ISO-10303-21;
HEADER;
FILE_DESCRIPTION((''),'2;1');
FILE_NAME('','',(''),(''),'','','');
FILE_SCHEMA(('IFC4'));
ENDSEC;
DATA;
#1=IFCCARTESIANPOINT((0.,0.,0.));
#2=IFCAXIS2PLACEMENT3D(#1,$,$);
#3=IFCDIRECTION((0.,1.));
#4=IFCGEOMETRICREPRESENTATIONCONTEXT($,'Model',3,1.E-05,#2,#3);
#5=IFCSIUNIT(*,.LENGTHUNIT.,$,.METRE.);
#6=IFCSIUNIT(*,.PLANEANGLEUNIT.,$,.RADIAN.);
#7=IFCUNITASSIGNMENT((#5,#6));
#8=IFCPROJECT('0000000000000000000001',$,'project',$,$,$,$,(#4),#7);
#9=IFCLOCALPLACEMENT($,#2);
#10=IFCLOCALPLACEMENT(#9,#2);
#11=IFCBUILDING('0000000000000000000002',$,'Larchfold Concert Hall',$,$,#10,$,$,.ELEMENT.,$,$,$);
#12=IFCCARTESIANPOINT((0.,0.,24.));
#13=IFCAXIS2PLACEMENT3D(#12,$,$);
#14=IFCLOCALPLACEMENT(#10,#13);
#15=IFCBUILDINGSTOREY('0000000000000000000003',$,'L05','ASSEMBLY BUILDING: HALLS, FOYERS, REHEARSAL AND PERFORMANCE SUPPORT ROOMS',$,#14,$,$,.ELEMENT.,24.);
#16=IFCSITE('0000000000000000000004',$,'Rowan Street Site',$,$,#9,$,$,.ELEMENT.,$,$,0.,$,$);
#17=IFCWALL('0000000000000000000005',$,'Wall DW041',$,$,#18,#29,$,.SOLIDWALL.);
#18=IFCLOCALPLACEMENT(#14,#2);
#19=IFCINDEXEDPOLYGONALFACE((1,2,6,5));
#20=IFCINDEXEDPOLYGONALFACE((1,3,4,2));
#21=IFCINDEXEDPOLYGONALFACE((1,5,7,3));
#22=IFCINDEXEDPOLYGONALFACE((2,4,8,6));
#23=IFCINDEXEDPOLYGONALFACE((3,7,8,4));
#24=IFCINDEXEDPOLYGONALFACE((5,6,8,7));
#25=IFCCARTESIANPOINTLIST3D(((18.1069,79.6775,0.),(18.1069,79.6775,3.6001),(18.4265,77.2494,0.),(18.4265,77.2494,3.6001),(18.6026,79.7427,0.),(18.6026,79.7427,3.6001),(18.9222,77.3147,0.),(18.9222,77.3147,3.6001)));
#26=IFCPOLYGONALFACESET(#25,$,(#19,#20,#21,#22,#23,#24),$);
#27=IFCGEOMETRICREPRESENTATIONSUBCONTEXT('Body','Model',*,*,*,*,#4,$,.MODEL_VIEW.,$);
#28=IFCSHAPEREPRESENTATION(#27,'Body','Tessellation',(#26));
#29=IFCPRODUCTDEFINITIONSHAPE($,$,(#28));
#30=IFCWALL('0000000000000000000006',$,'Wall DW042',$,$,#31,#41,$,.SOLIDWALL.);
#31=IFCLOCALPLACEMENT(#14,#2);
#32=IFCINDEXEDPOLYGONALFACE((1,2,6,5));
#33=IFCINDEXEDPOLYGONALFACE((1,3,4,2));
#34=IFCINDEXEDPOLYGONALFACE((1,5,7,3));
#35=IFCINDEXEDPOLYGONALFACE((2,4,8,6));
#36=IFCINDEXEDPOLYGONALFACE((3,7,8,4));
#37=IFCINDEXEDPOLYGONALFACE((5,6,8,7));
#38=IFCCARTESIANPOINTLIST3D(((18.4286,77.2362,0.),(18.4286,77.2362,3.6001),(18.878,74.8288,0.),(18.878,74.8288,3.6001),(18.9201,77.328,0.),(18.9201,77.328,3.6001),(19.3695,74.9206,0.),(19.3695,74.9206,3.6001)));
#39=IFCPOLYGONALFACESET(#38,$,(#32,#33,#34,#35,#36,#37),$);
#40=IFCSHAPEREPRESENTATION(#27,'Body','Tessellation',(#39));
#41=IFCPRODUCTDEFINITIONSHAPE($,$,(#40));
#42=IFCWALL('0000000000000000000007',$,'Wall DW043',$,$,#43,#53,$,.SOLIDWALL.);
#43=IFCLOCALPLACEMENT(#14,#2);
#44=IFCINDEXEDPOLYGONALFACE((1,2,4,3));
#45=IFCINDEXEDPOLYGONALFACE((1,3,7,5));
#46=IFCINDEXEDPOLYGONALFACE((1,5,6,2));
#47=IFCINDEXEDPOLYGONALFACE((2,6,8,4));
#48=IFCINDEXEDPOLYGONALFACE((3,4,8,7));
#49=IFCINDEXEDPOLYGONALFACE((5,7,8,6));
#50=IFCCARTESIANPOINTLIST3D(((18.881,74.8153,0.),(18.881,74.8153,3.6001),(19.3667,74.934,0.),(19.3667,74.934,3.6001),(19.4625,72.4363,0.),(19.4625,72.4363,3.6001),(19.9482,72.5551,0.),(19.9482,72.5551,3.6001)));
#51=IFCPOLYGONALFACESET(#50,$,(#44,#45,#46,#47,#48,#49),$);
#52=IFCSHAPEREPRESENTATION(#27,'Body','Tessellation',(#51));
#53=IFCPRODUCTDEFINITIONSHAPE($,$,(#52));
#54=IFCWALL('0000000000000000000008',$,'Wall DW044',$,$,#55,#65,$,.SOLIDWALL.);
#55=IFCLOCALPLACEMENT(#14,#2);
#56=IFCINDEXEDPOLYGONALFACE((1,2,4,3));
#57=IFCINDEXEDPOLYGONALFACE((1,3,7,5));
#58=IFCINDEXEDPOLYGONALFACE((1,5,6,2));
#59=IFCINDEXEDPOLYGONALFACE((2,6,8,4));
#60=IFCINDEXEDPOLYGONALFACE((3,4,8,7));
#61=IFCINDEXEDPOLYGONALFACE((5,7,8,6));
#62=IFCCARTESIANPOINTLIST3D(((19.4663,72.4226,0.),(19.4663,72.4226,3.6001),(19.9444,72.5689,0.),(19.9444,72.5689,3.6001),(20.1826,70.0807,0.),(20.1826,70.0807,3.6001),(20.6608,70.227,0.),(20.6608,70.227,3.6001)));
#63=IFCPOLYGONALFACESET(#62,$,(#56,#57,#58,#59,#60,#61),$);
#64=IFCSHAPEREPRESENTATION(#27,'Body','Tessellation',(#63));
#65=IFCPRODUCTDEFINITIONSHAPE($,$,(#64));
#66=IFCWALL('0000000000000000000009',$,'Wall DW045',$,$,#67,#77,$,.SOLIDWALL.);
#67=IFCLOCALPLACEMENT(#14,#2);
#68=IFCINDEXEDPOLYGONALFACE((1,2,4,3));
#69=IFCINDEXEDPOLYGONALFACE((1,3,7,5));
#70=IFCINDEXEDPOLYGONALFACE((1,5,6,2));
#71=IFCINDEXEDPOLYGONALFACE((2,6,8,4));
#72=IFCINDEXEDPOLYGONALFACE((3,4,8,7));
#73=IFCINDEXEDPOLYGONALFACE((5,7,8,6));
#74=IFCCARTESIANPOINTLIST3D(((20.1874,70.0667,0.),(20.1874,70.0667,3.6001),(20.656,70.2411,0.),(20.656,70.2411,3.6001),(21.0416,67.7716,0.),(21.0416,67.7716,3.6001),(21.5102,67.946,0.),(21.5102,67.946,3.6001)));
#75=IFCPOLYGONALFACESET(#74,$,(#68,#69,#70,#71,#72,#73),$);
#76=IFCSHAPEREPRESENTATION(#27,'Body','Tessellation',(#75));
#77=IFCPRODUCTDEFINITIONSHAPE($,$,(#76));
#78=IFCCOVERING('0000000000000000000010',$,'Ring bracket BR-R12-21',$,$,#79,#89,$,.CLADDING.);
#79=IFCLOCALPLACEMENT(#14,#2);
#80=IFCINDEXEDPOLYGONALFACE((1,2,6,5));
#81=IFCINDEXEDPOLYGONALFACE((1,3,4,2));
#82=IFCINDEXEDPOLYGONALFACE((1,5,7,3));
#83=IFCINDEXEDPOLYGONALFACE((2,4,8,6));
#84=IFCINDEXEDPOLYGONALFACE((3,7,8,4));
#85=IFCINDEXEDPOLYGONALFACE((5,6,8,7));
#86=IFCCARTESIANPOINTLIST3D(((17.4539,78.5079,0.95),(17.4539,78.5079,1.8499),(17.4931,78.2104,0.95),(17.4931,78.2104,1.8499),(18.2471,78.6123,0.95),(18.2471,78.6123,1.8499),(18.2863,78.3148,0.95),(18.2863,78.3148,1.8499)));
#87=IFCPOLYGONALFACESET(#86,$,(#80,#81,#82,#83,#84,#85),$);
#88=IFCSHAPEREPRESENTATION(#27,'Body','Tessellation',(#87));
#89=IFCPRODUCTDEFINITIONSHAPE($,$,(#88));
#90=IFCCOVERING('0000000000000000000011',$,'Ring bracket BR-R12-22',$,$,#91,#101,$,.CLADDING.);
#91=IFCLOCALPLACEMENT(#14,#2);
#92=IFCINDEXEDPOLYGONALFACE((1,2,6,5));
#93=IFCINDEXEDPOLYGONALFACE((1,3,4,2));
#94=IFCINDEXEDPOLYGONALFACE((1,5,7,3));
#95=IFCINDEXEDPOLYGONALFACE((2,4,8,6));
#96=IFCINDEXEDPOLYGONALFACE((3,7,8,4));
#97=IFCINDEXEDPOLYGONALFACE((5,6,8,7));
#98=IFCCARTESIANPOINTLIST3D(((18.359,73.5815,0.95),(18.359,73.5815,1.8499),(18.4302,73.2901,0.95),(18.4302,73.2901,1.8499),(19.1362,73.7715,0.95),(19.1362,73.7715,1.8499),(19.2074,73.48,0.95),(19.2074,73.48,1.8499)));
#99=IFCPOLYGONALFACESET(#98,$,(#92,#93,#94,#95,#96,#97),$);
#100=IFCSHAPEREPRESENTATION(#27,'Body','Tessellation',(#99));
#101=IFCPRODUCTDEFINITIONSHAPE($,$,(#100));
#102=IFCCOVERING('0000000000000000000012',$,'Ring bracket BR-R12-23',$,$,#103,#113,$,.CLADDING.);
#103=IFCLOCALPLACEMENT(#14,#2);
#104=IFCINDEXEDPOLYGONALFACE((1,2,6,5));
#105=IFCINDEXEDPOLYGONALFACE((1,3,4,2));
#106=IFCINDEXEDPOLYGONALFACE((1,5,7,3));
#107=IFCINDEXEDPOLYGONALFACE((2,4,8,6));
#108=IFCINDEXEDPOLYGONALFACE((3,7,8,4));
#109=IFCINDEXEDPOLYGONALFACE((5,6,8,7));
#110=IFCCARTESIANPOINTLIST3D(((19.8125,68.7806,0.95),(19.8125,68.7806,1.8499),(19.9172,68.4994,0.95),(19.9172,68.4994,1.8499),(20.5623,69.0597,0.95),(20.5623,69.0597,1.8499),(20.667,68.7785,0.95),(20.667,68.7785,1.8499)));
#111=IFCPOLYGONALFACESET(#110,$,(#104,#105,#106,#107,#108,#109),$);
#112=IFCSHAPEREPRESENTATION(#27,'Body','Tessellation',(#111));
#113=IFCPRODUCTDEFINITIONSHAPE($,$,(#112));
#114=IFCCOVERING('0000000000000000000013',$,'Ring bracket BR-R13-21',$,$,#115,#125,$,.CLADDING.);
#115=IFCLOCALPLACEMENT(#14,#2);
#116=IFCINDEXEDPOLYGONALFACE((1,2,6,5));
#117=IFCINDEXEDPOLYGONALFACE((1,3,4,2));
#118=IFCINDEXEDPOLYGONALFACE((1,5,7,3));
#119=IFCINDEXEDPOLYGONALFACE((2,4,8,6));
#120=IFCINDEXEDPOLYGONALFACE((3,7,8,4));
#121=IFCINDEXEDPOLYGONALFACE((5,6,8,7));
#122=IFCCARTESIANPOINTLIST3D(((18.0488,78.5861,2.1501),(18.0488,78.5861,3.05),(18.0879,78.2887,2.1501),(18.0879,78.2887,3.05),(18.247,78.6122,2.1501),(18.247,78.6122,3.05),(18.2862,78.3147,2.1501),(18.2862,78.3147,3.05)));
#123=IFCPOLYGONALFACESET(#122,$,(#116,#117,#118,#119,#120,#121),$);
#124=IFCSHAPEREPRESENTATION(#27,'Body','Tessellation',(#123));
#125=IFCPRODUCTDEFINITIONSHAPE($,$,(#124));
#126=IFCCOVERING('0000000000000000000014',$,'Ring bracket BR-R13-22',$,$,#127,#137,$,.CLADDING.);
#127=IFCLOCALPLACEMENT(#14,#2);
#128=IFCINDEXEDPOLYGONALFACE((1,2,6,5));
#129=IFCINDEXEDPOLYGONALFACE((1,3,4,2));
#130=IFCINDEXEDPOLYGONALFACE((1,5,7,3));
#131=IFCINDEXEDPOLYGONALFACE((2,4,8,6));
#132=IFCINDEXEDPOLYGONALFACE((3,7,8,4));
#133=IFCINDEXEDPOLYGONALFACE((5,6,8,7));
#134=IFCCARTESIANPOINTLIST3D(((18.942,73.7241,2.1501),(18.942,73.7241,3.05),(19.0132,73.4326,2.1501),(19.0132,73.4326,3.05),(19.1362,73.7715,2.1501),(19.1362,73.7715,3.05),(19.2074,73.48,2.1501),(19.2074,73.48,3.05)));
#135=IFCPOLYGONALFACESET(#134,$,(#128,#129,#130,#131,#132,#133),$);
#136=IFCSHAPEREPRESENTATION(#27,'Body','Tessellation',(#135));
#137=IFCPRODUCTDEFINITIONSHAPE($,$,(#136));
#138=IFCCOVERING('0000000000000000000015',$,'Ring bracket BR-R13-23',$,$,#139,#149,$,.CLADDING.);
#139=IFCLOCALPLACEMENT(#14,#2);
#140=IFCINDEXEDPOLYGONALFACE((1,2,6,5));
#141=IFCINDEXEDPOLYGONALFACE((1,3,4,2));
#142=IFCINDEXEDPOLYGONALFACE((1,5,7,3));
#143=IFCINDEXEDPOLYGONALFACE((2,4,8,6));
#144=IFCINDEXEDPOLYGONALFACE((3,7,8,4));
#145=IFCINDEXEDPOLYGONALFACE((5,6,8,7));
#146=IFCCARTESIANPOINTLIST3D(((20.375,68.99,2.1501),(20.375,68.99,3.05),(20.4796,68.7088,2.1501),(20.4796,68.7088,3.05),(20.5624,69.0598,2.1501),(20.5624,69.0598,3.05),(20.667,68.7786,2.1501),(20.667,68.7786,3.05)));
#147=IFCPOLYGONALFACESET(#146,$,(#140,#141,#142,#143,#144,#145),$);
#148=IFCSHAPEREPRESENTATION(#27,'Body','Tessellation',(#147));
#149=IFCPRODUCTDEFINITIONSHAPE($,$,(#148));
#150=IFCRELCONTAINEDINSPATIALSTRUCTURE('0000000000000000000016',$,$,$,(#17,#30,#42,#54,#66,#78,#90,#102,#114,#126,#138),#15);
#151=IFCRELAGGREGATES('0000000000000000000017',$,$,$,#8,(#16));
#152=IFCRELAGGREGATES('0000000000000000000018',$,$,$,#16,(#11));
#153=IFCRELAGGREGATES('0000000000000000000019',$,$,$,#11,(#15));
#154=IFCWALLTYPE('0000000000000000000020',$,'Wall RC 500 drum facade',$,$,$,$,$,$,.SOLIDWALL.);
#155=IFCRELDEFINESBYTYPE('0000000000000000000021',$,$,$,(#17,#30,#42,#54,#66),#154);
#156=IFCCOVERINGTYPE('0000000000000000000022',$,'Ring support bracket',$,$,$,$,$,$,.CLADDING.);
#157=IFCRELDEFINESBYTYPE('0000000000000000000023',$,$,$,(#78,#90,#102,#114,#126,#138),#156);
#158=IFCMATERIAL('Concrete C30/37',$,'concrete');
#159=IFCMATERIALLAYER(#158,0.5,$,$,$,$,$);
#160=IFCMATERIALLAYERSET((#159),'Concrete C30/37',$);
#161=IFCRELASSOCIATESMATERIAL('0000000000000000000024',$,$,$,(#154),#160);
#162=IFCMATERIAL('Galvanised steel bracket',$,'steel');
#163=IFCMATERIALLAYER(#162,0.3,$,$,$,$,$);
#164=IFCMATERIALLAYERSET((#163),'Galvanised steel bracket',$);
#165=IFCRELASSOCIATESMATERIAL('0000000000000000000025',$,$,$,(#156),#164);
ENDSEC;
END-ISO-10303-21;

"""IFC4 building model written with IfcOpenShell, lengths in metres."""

from ifc_helpers import new_model, si_unit, direction, frame, frame_2d, origin, origin_2d, place, context, subcontext, project, spatial, rectangle, extrude, material, layer, layer_set, type_object, element, save


model = new_model("IFC4")

# Units and contexts
model_context = context("Model", 3, precision=1e-05, world=origin(), true_north=direction((0.0, 1.0)))
body_context = subcontext(model_context, "Body", "Model", "MODEL_VIEW")
ifc_project = project(units=[si_unit("LENGTHUNIT", "METRE"), si_unit("PLANEANGLEUNIT", "RADIAN")], contexts=[model_context])

# Site, building, storey
site_placement = place(None, origin())
site = spatial("IfcSite", under=ifc_project, at=site_placement, Name="Rowan Street Site", CompositionType="ELEMENT", RefElevation=0.0)
building_placement = place(site_placement, origin())
building = spatial("IfcBuilding", under=site, at=building_placement, Name="Larchfold Concert Hall", CompositionType="ELEMENT")
storey_placement = place(building_placement, frame((0.0, 0.0, 24.0)))
storey = spatial("IfcBuildingStorey", under=building, at=storey_placement, Name="L05", Description="ASSEMBLY BUILDING: HALLS, FOYERS, REHEARSAL AND PERFORMANCE SUPPORT ROOMS", CompositionType="ELEMENT", Elevation=24.0)

# Walls
ifc_material_1 = material(Name="Concrete C30/37", Category="concrete")
ifc_layer_1 = layer(ifc_material_1, 0.5)
ifc_layer_set_1 = layer_set([ifc_layer_1], Name="Concrete C30/37")
wall_type_1 = type_object("IfcWallType", Name="Wall RC 500 drum facade", PredefinedType="SOLIDWALL", material=ifc_layer_set_1)
for number, where, z_axis, x_axis, name in (
    (1, (18.3547, 79.7102, 0.0), (0.0, 0.0, 1.0), (0.130498, -0.991449, 0.0), "Wall DW041"),
    (2, (18.6743, 77.2822, 0.0), (0.0, 0.0, 1.0), (0.183524, -0.983015, 0.0), "Wall DW042"),
    (3, (19.1238, 74.8748, 0.0), (0.0, 0.0, 1.0), (0.237466, -0.971396, 0.0), "Wall DW043"),
    (4, (19.7053, 72.4958, 0.0), (0.0, 0.0, 1.0), (0.292502, -0.956265, 0.0), "Wall DW044"),
    (5, (20.4216, 70.1541, 0.0), (0.0, 0.0, 1.0), (0.348817, -0.937191, 0.0), "Wall DW045"),
):
    element("IfcWall", number, at=place(storey_placement, frame(where, z_axis=z_axis, x_axis=x_axis)), inside=storey, type_object=wall_type_1, Name=name, PredefinedType="SOLIDWALL", context=body_context, shape_type="SweptSolid", body=[
        extrude(rectangle(XDim=2.449, YDim=0.5, at=frame_2d((1.2246, 0.0))), origin(), (0.0, 0.0, 1.0), 3.6001),
    ])

# Coverings
ifc_material_2 = material(Name="Galvanised steel bracket", Category="steel")
ifc_layer_2 = layer(ifc_material_2, 0.3)
ifc_layer_set_2 = layer_set([ifc_layer_2], Name="Galvanised steel bracket")
covering_type = type_object("IfcCoveringType", Name="Ring support bracket", PredefinedType="CLADDING", material=ifc_layer_set_2)
for number, where, z_axis, x_axis, name in (
    (6, (17.8701, 78.4114, 0.95), (0.0, 0.0, 1.0), (-0.99145, -0.130488, 0.0), "Ring bracket BR-R12-21"),
    (7, (18.7832, 73.5308, 0.95), (0.0, 0.0, 1.0), (-0.971412, -0.237401, 0.0), "Ring bracket BR-R12-22"),
    (8, (20.2397, 68.7795, 0.95), (0.0, 0.0, 1.0), (-0.937177, -0.348853, 0.0), "Ring bracket BR-R12-23"),
):
    element("IfcCovering", number, at=place(storey_placement, frame(where, z_axis=z_axis, x_axis=x_axis)), inside=storey, type_object=covering_type, Name=name, PredefinedType="CLADDING", context=body_context, shape_type="SweptSolid", body=[
        extrude(rectangle(XDim=0.8, YDim=0.3, at=origin_2d()), origin(), (0.0, 0.0, 1.0), 0.8999),
    ])
for number, where, z_axis, x_axis, name in (
    (9, (18.1675, 78.4504, 2.1501), (0.0, 0.0, 1.0), (-0.99145, -0.130488, 0.0), "Ring bracket BR-R13-21"),
    (10, (19.0747, 73.6021, 2.1501), (0.0, 0.0, 1.0), (-0.971412, -0.237401, 0.0), "Ring bracket BR-R13-22"),
    (11, (20.521, 68.8843, 2.1501), (0.0, 0.0, 1.0), (-0.937177, -0.348853, 0.0), "Ring bracket BR-R13-23"),
):
    element("IfcCovering", number, at=place(storey_placement, frame(where, z_axis=z_axis, x_axis=x_axis)), inside=storey, type_object=covering_type, Name=name, PredefinedType="CLADDING", context=body_context, shape_type="SweptSolid", body=[
        extrude(rectangle(XDim=0.2, YDim=0.3, at=origin_2d()), origin(), (0.0, 0.0, 1.0), 0.8999),
    ])

save(model, "model.ifc")
